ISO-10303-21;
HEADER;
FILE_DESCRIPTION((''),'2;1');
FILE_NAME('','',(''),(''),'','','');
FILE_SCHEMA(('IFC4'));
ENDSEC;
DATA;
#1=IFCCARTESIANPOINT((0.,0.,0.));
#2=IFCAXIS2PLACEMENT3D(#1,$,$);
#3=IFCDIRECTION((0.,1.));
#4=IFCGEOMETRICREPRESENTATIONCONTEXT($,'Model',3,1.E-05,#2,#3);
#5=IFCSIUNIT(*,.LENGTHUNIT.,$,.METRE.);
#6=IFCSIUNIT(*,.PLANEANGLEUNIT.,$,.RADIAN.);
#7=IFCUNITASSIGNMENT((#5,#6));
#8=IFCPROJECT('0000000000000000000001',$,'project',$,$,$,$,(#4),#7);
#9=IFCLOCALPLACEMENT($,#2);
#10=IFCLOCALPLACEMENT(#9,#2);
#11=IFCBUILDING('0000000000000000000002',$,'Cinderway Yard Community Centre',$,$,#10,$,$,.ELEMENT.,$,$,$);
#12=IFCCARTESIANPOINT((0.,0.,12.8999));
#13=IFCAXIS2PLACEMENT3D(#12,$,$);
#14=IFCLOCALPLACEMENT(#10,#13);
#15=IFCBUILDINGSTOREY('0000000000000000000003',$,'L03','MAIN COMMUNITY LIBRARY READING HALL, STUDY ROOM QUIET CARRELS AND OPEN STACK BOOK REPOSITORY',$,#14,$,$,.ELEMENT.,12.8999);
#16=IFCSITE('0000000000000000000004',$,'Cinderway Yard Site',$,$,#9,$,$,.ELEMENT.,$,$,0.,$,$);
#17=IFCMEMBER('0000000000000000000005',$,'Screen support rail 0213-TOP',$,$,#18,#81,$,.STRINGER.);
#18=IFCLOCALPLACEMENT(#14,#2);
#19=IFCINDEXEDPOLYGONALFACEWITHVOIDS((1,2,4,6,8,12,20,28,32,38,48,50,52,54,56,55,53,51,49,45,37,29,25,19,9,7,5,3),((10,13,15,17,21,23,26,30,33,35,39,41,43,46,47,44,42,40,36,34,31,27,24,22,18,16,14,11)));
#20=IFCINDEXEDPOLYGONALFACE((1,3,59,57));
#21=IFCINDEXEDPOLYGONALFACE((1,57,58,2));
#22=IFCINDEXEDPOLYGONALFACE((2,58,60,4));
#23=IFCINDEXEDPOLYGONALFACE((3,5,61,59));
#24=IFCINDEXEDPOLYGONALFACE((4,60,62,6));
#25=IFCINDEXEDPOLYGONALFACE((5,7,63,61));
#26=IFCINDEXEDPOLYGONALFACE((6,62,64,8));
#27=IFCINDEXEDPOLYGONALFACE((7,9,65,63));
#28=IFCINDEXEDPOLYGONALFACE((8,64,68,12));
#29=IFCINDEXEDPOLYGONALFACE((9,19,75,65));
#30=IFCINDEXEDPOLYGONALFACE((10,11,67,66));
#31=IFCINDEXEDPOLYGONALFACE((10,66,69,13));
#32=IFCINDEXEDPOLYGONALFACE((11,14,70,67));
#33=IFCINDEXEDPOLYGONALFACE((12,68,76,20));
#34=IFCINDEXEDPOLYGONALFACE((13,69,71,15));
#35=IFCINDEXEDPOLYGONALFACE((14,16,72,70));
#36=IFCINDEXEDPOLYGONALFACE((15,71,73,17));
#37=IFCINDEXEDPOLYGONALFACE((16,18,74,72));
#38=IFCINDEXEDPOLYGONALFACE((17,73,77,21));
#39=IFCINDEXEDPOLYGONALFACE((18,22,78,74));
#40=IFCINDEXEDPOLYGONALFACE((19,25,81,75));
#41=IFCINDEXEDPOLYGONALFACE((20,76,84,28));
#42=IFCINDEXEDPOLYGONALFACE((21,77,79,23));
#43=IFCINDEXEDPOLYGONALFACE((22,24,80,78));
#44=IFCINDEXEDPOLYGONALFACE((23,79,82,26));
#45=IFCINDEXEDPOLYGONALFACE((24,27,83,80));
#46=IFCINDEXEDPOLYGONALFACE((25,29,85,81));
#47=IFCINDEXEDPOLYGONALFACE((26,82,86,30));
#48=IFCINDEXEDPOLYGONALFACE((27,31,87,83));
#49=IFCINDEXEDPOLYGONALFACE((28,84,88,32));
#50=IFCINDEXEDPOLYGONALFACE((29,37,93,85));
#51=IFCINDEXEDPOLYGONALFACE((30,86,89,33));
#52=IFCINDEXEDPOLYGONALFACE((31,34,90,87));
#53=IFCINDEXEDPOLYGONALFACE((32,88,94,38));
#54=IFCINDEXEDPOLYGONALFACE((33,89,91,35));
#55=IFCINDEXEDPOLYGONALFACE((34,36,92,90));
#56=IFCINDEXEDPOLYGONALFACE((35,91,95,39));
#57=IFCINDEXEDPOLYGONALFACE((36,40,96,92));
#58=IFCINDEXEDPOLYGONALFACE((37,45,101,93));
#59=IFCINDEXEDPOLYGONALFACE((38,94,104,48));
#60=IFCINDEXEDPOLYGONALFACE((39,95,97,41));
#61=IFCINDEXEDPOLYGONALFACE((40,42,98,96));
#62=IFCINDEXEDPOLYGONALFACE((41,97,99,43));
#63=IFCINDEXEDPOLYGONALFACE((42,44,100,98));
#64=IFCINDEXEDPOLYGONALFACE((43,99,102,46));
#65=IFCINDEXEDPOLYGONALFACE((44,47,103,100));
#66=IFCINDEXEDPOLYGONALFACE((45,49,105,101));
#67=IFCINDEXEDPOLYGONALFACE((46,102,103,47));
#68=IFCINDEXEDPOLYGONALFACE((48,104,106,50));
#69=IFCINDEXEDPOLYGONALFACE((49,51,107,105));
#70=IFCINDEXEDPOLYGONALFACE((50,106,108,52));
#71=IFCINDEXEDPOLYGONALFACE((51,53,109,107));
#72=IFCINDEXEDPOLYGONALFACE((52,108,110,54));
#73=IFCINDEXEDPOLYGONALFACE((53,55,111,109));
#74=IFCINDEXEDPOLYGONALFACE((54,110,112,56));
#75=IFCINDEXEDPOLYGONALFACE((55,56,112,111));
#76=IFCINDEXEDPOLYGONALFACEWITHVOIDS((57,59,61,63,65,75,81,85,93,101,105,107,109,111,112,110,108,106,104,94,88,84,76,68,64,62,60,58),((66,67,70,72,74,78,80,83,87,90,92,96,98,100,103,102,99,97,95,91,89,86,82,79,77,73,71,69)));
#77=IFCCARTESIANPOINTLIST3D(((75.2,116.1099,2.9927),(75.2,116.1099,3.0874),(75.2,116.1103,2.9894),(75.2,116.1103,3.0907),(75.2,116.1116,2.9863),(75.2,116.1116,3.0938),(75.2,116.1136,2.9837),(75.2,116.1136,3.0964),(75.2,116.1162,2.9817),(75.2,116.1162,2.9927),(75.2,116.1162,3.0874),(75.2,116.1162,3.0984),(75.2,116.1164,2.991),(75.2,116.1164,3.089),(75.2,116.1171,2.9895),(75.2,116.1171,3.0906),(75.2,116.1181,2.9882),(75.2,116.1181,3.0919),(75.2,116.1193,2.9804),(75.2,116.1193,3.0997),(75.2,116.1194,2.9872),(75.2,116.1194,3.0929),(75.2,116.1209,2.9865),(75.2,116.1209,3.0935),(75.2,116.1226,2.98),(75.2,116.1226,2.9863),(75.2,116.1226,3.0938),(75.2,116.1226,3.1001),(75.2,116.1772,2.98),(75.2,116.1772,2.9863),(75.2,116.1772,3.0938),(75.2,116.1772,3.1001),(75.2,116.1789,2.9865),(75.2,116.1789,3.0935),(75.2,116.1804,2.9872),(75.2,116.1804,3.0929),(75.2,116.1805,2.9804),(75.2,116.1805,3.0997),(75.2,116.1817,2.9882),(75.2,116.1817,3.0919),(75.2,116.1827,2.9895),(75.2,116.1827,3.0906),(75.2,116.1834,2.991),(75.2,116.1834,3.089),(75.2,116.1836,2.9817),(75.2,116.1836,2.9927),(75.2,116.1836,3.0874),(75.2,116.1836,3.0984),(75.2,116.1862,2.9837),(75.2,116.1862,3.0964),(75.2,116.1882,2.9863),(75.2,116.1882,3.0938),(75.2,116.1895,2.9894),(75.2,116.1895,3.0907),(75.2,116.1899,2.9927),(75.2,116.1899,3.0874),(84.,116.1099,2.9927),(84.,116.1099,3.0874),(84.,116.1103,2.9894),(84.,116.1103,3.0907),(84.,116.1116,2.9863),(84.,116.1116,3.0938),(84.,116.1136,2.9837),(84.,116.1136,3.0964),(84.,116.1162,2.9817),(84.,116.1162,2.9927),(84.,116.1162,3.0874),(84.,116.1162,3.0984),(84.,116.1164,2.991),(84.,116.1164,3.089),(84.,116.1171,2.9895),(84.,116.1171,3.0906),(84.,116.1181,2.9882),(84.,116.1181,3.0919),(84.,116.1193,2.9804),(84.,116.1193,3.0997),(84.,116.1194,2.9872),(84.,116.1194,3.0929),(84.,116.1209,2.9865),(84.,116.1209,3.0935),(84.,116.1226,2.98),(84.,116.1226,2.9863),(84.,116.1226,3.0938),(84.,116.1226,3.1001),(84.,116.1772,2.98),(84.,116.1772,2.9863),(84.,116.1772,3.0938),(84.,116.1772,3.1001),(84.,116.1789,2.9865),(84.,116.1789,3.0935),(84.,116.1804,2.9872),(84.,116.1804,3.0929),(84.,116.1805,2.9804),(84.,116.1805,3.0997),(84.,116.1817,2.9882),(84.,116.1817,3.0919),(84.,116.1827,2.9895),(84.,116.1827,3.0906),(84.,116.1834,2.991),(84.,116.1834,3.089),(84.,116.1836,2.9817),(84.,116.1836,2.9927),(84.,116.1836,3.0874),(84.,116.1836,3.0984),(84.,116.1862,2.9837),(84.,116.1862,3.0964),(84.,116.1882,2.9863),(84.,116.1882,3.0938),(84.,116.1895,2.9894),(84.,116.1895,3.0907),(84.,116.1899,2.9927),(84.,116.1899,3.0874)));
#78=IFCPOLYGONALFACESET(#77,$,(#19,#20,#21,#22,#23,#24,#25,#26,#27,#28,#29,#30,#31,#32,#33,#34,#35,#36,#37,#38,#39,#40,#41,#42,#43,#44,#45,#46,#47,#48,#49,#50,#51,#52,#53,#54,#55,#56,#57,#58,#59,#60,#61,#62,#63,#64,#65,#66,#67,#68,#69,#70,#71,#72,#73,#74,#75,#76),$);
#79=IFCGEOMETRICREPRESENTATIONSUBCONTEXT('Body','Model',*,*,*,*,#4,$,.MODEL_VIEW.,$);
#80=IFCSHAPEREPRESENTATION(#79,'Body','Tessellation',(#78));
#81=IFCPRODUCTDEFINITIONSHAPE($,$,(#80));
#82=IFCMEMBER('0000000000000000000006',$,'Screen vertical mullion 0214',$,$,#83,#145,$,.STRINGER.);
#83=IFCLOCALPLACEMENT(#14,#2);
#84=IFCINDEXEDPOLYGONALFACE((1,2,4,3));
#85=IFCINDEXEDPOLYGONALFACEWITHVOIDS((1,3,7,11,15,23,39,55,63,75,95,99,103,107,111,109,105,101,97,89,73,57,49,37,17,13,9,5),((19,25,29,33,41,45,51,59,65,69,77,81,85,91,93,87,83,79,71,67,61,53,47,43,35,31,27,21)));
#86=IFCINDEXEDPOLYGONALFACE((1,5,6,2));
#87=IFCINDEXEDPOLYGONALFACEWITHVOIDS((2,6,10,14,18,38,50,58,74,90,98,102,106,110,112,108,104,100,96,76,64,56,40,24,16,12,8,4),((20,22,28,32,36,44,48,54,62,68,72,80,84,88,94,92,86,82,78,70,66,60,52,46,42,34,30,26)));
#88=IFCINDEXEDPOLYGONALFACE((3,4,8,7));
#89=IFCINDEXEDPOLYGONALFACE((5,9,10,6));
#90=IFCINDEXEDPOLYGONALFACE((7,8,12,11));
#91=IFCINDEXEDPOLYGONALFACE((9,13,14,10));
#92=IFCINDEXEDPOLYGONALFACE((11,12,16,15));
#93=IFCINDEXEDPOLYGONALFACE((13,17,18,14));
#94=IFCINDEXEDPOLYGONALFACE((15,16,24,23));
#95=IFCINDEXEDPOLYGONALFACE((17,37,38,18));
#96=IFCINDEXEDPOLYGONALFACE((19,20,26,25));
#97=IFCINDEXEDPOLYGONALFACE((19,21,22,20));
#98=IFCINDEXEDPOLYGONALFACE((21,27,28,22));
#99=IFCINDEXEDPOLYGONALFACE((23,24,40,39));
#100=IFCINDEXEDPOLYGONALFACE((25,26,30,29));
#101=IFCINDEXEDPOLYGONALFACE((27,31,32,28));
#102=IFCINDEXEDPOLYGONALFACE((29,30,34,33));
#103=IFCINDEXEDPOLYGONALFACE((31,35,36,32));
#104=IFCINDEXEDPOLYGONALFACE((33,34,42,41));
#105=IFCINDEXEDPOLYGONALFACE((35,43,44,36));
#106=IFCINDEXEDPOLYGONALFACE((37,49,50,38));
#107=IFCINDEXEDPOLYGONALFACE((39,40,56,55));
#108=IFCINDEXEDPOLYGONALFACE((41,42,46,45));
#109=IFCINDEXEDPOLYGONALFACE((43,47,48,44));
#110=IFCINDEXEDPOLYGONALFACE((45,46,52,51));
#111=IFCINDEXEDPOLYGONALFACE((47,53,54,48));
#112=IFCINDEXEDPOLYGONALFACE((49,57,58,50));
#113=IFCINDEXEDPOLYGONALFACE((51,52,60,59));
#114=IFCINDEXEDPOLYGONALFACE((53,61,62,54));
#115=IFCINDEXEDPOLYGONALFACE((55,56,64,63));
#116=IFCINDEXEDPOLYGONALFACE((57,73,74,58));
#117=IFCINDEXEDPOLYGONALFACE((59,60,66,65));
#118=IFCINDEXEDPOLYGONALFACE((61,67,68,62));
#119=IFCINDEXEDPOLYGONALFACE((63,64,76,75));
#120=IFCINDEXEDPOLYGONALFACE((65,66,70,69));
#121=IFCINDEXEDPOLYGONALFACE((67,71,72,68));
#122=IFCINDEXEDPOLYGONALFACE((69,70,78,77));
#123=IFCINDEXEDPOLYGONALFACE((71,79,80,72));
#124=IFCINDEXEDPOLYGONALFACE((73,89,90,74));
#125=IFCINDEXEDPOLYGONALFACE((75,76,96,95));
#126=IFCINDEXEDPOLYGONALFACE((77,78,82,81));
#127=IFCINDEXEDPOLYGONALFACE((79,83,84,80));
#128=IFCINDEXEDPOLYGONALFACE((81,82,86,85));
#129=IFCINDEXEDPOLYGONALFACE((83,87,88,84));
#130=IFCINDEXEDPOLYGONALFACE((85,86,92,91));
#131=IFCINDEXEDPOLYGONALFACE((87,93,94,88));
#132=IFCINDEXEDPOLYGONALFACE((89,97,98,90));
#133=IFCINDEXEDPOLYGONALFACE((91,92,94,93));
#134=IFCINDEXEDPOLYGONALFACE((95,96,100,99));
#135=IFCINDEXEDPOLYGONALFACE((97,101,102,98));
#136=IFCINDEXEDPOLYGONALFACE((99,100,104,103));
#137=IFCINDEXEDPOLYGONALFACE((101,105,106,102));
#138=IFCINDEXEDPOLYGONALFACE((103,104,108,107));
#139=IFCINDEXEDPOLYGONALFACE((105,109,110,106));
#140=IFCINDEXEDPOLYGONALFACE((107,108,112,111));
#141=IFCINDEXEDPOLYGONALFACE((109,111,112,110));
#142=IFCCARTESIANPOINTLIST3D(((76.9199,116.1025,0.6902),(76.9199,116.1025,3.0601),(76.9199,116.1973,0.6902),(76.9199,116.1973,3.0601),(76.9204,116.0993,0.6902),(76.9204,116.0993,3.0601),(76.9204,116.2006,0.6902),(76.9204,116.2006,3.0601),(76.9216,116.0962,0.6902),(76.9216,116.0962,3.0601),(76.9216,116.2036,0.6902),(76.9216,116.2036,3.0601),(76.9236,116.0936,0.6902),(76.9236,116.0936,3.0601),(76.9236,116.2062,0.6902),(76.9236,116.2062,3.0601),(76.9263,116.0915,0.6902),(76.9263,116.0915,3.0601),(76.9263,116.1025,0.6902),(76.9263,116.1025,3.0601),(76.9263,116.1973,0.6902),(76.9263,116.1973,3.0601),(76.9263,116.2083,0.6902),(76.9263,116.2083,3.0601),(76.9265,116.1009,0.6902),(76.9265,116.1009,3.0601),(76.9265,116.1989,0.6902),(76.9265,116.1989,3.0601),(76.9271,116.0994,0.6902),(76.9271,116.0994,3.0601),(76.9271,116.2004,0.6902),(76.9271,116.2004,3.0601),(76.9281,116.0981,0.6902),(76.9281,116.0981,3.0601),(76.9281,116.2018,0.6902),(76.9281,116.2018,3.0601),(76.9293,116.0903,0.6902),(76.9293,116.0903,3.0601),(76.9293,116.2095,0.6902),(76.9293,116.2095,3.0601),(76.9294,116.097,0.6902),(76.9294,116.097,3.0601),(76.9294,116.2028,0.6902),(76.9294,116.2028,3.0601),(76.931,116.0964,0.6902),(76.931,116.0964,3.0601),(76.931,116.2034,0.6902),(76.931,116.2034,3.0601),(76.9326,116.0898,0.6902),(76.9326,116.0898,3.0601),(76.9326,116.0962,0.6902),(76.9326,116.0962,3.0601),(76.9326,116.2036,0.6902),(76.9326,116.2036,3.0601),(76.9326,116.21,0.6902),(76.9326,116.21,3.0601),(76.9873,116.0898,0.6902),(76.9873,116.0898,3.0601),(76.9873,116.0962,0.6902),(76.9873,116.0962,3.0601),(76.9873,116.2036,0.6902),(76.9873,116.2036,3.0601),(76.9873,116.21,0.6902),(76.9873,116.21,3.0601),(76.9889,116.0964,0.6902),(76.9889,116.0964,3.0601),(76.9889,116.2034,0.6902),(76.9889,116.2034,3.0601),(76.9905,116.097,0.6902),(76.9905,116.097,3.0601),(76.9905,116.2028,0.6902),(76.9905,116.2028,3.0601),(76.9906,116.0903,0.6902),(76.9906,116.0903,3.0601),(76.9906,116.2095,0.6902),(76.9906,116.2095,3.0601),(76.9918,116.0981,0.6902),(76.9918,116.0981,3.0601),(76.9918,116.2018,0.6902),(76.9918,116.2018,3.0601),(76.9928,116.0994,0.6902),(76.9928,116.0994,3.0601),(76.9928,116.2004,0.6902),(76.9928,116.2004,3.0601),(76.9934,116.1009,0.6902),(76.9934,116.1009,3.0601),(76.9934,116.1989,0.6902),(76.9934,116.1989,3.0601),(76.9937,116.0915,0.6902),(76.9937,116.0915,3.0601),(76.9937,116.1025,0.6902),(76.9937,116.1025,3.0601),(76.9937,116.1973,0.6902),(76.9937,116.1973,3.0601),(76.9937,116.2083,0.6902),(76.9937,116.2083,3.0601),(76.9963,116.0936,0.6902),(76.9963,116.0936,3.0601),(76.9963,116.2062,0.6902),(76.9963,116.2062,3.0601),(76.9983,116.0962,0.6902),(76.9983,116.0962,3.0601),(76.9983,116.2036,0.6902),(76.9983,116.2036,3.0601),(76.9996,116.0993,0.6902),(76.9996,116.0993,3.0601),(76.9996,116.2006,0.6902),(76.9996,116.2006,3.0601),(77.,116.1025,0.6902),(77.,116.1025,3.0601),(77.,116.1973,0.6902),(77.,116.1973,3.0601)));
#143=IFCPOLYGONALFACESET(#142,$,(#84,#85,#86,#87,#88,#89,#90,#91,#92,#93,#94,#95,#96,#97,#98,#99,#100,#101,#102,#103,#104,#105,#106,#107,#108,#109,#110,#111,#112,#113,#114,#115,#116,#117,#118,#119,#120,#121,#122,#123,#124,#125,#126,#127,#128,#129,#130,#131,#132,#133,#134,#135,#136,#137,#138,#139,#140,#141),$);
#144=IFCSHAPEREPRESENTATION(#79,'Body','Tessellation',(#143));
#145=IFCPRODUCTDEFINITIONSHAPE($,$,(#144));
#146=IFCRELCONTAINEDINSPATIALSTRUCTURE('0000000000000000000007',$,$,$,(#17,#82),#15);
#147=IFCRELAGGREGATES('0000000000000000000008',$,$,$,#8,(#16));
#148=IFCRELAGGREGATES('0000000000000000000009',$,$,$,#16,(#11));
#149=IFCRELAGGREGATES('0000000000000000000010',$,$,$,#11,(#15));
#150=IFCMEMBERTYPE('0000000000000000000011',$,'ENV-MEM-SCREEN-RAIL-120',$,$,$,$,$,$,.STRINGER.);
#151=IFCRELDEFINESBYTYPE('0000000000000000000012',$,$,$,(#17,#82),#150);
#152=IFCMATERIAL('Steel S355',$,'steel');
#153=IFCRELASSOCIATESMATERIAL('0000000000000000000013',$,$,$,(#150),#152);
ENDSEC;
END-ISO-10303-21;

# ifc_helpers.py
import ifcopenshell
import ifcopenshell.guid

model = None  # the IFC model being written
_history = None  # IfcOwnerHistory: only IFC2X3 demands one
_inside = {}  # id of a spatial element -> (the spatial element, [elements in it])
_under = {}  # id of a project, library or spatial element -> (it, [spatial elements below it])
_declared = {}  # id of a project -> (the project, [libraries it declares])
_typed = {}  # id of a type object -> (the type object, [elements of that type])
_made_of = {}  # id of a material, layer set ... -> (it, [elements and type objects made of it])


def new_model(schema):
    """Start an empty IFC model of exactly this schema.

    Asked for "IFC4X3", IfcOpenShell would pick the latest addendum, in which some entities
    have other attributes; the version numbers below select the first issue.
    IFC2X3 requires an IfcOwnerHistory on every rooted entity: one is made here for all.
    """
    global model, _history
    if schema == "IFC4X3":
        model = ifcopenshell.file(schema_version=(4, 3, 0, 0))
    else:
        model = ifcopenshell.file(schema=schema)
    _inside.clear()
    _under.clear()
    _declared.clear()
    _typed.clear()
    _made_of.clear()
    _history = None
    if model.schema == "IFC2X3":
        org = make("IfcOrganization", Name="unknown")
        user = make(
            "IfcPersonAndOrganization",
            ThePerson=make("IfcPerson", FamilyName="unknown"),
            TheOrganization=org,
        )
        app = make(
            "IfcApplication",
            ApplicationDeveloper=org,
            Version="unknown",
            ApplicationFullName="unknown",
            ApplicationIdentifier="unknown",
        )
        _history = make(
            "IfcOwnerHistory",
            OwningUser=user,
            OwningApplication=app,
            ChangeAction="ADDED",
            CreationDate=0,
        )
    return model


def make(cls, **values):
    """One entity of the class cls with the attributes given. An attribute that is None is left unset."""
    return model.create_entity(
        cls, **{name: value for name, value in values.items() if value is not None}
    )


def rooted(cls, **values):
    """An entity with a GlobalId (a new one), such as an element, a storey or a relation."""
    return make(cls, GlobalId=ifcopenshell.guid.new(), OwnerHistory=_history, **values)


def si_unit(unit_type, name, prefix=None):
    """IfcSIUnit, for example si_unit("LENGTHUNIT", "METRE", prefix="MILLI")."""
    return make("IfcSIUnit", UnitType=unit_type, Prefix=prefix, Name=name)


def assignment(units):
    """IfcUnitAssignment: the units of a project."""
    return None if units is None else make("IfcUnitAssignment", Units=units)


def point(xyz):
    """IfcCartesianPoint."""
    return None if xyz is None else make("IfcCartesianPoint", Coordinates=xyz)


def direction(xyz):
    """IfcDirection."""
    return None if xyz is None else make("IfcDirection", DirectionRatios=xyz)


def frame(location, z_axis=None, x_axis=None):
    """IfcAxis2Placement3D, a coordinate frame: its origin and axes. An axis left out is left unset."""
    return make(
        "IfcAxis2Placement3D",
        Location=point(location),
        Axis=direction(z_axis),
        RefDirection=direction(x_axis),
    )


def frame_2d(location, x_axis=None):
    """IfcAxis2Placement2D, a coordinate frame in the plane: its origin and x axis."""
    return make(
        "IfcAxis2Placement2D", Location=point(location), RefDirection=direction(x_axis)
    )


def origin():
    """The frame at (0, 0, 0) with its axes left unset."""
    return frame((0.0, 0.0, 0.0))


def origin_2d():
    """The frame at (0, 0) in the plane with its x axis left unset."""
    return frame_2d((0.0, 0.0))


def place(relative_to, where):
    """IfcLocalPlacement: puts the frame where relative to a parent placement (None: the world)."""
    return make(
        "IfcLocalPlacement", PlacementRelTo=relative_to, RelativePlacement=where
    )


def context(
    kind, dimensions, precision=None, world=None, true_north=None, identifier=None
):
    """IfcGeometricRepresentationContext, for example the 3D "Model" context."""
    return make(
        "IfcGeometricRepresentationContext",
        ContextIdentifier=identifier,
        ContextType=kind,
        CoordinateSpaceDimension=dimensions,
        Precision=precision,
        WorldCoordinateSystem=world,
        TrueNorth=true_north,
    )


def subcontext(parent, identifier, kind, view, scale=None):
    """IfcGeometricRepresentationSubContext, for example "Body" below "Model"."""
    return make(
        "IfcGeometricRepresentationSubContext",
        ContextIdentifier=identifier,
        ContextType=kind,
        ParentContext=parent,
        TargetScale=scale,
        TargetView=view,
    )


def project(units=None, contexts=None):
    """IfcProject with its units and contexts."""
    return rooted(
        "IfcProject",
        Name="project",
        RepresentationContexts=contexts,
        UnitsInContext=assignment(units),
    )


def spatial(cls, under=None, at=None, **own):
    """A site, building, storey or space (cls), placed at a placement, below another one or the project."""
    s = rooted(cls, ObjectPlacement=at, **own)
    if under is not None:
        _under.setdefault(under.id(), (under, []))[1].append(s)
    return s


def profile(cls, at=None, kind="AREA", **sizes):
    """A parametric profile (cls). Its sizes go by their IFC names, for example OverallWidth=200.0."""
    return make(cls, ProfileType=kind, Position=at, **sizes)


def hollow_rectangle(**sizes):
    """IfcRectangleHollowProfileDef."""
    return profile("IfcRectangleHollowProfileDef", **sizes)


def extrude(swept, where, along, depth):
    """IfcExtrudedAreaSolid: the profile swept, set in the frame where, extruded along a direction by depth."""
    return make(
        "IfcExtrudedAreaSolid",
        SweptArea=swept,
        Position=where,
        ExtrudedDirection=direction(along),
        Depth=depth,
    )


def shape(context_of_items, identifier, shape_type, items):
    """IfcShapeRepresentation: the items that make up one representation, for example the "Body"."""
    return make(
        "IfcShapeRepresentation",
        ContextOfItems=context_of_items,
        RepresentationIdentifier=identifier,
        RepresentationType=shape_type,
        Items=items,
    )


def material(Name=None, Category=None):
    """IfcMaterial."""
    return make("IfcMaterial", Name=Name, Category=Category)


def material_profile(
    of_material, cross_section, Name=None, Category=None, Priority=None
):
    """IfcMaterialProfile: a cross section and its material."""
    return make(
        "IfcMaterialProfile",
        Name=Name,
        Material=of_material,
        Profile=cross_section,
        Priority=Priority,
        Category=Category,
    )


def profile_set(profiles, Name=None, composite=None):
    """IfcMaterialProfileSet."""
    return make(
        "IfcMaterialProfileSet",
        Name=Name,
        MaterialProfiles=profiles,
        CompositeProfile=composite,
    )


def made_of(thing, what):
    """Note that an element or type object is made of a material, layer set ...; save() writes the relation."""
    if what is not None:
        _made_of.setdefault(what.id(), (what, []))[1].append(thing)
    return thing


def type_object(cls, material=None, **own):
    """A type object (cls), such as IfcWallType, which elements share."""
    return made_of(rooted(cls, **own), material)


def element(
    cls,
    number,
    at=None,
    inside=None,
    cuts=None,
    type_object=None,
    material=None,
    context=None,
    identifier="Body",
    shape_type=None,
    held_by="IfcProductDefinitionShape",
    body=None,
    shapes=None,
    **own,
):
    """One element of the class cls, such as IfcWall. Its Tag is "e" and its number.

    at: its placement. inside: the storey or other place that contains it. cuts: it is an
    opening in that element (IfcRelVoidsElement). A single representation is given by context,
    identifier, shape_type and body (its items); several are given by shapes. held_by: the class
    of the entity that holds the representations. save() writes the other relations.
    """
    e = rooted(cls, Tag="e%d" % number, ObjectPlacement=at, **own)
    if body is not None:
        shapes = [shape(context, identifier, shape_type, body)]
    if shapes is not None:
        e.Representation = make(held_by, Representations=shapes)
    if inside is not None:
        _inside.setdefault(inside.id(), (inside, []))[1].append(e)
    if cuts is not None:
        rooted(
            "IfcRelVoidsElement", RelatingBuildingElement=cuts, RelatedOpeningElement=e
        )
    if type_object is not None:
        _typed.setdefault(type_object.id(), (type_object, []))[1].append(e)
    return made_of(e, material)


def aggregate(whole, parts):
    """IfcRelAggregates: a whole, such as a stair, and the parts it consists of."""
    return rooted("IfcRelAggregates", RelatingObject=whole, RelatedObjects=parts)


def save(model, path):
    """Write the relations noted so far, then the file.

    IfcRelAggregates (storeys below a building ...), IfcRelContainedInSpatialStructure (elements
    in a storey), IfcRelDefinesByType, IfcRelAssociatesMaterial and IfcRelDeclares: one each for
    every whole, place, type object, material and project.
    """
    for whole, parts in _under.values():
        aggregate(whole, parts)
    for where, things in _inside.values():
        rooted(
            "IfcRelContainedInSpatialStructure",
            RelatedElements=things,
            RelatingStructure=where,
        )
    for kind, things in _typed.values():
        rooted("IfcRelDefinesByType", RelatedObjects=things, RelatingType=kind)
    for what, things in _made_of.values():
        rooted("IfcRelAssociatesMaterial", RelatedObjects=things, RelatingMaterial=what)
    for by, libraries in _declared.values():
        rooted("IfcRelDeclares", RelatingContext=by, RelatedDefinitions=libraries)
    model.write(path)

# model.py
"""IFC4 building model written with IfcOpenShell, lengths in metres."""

from ifc_helpers import new_model, si_unit, direction, frame, origin, origin_2d, place, context, subcontext, project, spatial, hollow_rectangle, extrude, material, material_profile, profile_set, type_object, element, save


model = new_model("IFC4")

# Units and contexts
model_context = context("Model", 3, precision=1e-05, world=origin(), true_north=direction((0.0, 1.0)))
body_context = subcontext(model_context, "Body", "Model", "MODEL_VIEW")
ifc_project = project(units=[si_unit("LENGTHUNIT", "METRE"), si_unit("PLANEANGLEUNIT", "RADIAN")], contexts=[model_context])

# Site, building, storey
site_placement = place(None, origin())
site = spatial("IfcSite", under=ifc_project, at=site_placement, Name="Cinderway Yard Site", CompositionType="ELEMENT", RefElevation=0.0)
building_placement = place(site_placement, origin())
building = spatial("IfcBuilding", under=site, at=building_placement, Name="Cinderway Yard Community Centre", CompositionType="ELEMENT")
storey_placement = place(building_placement, frame((0.0, 0.0, 12.8999)))
storey = spatial("IfcBuildingStorey", under=building, at=storey_placement, Name="L03", Description="MAIN COMMUNITY LIBRARY READING HALL, STUDY ROOM QUIET CARRELS AND OPEN STACK BOOK REPOSITORY", CompositionType="ELEMENT", Elevation=12.8999)

# Members
ifc_material_1 = material(Name="Steel S355", Category="steel")
ifc_material_profile = material_profile(ifc_material_1, hollow_rectangle(XDim=0.0801, YDim=0.1201, WallThickness=0.0063, InnerFilletRadius=0.0063, OuterFilletRadius=0.0127, at=origin_2d()), Name="Steel S355")
ifc_profile_set = profile_set([ifc_material_profile], Name="Steel S355")
member_type = type_object("IfcMemberType", Name="ENV-MEM-SCREEN-RAIL-120", PredefinedType="STRINGER", material=ifc_profile_set)
for number, where, z_axis, x_axis, name in (
    (1, (75.2, 116.1499, 3.04), (1.0, 0.0, 0.0), (0.0, 1.0, 0.0), "Screen support rail 0213-TOP"),
):
    element("IfcMember", number, at=place(storey_placement, frame(where, z_axis=z_axis, x_axis=x_axis)), inside=storey, type_object=member_type, Name=name, PredefinedType="STRINGER", context=body_context, shape_type="SweptSolid", body=[
        extrude(hollow_rectangle(XDim=0.0801, YDim=0.1201, WallThickness=0.0063, InnerFilletRadius=0.0063, OuterFilletRadius=0.0127, at=origin_2d()), origin(), (0.0, 0.0, 1.0), 8.8),
    ])
for number, where, z_axis, x_axis, name in (
    (2, (76.96, 116.1499, 0.6902), (0.0, 0.0, 1.0), (1.0, 0.0, 0.0), "Screen vertical mullion 0214"),
):
    element("IfcMember", number, at=place(storey_placement, frame(where, z_axis=z_axis, x_axis=x_axis)), inside=storey, type_object=member_type, Name=name, PredefinedType="STRINGER", context=body_context, shape_type="SweptSolid", body=[
        extrude(hollow_rectangle(XDim=0.0801, YDim=0.1201, WallThickness=0.0063, InnerFilletRadius=0.0063, OuterFilletRadius=0.0127, at=origin_2d()), origin(), (0.0, 0.0, 1.0), 2.3699),
    ])

save(model, "model.ifc")
